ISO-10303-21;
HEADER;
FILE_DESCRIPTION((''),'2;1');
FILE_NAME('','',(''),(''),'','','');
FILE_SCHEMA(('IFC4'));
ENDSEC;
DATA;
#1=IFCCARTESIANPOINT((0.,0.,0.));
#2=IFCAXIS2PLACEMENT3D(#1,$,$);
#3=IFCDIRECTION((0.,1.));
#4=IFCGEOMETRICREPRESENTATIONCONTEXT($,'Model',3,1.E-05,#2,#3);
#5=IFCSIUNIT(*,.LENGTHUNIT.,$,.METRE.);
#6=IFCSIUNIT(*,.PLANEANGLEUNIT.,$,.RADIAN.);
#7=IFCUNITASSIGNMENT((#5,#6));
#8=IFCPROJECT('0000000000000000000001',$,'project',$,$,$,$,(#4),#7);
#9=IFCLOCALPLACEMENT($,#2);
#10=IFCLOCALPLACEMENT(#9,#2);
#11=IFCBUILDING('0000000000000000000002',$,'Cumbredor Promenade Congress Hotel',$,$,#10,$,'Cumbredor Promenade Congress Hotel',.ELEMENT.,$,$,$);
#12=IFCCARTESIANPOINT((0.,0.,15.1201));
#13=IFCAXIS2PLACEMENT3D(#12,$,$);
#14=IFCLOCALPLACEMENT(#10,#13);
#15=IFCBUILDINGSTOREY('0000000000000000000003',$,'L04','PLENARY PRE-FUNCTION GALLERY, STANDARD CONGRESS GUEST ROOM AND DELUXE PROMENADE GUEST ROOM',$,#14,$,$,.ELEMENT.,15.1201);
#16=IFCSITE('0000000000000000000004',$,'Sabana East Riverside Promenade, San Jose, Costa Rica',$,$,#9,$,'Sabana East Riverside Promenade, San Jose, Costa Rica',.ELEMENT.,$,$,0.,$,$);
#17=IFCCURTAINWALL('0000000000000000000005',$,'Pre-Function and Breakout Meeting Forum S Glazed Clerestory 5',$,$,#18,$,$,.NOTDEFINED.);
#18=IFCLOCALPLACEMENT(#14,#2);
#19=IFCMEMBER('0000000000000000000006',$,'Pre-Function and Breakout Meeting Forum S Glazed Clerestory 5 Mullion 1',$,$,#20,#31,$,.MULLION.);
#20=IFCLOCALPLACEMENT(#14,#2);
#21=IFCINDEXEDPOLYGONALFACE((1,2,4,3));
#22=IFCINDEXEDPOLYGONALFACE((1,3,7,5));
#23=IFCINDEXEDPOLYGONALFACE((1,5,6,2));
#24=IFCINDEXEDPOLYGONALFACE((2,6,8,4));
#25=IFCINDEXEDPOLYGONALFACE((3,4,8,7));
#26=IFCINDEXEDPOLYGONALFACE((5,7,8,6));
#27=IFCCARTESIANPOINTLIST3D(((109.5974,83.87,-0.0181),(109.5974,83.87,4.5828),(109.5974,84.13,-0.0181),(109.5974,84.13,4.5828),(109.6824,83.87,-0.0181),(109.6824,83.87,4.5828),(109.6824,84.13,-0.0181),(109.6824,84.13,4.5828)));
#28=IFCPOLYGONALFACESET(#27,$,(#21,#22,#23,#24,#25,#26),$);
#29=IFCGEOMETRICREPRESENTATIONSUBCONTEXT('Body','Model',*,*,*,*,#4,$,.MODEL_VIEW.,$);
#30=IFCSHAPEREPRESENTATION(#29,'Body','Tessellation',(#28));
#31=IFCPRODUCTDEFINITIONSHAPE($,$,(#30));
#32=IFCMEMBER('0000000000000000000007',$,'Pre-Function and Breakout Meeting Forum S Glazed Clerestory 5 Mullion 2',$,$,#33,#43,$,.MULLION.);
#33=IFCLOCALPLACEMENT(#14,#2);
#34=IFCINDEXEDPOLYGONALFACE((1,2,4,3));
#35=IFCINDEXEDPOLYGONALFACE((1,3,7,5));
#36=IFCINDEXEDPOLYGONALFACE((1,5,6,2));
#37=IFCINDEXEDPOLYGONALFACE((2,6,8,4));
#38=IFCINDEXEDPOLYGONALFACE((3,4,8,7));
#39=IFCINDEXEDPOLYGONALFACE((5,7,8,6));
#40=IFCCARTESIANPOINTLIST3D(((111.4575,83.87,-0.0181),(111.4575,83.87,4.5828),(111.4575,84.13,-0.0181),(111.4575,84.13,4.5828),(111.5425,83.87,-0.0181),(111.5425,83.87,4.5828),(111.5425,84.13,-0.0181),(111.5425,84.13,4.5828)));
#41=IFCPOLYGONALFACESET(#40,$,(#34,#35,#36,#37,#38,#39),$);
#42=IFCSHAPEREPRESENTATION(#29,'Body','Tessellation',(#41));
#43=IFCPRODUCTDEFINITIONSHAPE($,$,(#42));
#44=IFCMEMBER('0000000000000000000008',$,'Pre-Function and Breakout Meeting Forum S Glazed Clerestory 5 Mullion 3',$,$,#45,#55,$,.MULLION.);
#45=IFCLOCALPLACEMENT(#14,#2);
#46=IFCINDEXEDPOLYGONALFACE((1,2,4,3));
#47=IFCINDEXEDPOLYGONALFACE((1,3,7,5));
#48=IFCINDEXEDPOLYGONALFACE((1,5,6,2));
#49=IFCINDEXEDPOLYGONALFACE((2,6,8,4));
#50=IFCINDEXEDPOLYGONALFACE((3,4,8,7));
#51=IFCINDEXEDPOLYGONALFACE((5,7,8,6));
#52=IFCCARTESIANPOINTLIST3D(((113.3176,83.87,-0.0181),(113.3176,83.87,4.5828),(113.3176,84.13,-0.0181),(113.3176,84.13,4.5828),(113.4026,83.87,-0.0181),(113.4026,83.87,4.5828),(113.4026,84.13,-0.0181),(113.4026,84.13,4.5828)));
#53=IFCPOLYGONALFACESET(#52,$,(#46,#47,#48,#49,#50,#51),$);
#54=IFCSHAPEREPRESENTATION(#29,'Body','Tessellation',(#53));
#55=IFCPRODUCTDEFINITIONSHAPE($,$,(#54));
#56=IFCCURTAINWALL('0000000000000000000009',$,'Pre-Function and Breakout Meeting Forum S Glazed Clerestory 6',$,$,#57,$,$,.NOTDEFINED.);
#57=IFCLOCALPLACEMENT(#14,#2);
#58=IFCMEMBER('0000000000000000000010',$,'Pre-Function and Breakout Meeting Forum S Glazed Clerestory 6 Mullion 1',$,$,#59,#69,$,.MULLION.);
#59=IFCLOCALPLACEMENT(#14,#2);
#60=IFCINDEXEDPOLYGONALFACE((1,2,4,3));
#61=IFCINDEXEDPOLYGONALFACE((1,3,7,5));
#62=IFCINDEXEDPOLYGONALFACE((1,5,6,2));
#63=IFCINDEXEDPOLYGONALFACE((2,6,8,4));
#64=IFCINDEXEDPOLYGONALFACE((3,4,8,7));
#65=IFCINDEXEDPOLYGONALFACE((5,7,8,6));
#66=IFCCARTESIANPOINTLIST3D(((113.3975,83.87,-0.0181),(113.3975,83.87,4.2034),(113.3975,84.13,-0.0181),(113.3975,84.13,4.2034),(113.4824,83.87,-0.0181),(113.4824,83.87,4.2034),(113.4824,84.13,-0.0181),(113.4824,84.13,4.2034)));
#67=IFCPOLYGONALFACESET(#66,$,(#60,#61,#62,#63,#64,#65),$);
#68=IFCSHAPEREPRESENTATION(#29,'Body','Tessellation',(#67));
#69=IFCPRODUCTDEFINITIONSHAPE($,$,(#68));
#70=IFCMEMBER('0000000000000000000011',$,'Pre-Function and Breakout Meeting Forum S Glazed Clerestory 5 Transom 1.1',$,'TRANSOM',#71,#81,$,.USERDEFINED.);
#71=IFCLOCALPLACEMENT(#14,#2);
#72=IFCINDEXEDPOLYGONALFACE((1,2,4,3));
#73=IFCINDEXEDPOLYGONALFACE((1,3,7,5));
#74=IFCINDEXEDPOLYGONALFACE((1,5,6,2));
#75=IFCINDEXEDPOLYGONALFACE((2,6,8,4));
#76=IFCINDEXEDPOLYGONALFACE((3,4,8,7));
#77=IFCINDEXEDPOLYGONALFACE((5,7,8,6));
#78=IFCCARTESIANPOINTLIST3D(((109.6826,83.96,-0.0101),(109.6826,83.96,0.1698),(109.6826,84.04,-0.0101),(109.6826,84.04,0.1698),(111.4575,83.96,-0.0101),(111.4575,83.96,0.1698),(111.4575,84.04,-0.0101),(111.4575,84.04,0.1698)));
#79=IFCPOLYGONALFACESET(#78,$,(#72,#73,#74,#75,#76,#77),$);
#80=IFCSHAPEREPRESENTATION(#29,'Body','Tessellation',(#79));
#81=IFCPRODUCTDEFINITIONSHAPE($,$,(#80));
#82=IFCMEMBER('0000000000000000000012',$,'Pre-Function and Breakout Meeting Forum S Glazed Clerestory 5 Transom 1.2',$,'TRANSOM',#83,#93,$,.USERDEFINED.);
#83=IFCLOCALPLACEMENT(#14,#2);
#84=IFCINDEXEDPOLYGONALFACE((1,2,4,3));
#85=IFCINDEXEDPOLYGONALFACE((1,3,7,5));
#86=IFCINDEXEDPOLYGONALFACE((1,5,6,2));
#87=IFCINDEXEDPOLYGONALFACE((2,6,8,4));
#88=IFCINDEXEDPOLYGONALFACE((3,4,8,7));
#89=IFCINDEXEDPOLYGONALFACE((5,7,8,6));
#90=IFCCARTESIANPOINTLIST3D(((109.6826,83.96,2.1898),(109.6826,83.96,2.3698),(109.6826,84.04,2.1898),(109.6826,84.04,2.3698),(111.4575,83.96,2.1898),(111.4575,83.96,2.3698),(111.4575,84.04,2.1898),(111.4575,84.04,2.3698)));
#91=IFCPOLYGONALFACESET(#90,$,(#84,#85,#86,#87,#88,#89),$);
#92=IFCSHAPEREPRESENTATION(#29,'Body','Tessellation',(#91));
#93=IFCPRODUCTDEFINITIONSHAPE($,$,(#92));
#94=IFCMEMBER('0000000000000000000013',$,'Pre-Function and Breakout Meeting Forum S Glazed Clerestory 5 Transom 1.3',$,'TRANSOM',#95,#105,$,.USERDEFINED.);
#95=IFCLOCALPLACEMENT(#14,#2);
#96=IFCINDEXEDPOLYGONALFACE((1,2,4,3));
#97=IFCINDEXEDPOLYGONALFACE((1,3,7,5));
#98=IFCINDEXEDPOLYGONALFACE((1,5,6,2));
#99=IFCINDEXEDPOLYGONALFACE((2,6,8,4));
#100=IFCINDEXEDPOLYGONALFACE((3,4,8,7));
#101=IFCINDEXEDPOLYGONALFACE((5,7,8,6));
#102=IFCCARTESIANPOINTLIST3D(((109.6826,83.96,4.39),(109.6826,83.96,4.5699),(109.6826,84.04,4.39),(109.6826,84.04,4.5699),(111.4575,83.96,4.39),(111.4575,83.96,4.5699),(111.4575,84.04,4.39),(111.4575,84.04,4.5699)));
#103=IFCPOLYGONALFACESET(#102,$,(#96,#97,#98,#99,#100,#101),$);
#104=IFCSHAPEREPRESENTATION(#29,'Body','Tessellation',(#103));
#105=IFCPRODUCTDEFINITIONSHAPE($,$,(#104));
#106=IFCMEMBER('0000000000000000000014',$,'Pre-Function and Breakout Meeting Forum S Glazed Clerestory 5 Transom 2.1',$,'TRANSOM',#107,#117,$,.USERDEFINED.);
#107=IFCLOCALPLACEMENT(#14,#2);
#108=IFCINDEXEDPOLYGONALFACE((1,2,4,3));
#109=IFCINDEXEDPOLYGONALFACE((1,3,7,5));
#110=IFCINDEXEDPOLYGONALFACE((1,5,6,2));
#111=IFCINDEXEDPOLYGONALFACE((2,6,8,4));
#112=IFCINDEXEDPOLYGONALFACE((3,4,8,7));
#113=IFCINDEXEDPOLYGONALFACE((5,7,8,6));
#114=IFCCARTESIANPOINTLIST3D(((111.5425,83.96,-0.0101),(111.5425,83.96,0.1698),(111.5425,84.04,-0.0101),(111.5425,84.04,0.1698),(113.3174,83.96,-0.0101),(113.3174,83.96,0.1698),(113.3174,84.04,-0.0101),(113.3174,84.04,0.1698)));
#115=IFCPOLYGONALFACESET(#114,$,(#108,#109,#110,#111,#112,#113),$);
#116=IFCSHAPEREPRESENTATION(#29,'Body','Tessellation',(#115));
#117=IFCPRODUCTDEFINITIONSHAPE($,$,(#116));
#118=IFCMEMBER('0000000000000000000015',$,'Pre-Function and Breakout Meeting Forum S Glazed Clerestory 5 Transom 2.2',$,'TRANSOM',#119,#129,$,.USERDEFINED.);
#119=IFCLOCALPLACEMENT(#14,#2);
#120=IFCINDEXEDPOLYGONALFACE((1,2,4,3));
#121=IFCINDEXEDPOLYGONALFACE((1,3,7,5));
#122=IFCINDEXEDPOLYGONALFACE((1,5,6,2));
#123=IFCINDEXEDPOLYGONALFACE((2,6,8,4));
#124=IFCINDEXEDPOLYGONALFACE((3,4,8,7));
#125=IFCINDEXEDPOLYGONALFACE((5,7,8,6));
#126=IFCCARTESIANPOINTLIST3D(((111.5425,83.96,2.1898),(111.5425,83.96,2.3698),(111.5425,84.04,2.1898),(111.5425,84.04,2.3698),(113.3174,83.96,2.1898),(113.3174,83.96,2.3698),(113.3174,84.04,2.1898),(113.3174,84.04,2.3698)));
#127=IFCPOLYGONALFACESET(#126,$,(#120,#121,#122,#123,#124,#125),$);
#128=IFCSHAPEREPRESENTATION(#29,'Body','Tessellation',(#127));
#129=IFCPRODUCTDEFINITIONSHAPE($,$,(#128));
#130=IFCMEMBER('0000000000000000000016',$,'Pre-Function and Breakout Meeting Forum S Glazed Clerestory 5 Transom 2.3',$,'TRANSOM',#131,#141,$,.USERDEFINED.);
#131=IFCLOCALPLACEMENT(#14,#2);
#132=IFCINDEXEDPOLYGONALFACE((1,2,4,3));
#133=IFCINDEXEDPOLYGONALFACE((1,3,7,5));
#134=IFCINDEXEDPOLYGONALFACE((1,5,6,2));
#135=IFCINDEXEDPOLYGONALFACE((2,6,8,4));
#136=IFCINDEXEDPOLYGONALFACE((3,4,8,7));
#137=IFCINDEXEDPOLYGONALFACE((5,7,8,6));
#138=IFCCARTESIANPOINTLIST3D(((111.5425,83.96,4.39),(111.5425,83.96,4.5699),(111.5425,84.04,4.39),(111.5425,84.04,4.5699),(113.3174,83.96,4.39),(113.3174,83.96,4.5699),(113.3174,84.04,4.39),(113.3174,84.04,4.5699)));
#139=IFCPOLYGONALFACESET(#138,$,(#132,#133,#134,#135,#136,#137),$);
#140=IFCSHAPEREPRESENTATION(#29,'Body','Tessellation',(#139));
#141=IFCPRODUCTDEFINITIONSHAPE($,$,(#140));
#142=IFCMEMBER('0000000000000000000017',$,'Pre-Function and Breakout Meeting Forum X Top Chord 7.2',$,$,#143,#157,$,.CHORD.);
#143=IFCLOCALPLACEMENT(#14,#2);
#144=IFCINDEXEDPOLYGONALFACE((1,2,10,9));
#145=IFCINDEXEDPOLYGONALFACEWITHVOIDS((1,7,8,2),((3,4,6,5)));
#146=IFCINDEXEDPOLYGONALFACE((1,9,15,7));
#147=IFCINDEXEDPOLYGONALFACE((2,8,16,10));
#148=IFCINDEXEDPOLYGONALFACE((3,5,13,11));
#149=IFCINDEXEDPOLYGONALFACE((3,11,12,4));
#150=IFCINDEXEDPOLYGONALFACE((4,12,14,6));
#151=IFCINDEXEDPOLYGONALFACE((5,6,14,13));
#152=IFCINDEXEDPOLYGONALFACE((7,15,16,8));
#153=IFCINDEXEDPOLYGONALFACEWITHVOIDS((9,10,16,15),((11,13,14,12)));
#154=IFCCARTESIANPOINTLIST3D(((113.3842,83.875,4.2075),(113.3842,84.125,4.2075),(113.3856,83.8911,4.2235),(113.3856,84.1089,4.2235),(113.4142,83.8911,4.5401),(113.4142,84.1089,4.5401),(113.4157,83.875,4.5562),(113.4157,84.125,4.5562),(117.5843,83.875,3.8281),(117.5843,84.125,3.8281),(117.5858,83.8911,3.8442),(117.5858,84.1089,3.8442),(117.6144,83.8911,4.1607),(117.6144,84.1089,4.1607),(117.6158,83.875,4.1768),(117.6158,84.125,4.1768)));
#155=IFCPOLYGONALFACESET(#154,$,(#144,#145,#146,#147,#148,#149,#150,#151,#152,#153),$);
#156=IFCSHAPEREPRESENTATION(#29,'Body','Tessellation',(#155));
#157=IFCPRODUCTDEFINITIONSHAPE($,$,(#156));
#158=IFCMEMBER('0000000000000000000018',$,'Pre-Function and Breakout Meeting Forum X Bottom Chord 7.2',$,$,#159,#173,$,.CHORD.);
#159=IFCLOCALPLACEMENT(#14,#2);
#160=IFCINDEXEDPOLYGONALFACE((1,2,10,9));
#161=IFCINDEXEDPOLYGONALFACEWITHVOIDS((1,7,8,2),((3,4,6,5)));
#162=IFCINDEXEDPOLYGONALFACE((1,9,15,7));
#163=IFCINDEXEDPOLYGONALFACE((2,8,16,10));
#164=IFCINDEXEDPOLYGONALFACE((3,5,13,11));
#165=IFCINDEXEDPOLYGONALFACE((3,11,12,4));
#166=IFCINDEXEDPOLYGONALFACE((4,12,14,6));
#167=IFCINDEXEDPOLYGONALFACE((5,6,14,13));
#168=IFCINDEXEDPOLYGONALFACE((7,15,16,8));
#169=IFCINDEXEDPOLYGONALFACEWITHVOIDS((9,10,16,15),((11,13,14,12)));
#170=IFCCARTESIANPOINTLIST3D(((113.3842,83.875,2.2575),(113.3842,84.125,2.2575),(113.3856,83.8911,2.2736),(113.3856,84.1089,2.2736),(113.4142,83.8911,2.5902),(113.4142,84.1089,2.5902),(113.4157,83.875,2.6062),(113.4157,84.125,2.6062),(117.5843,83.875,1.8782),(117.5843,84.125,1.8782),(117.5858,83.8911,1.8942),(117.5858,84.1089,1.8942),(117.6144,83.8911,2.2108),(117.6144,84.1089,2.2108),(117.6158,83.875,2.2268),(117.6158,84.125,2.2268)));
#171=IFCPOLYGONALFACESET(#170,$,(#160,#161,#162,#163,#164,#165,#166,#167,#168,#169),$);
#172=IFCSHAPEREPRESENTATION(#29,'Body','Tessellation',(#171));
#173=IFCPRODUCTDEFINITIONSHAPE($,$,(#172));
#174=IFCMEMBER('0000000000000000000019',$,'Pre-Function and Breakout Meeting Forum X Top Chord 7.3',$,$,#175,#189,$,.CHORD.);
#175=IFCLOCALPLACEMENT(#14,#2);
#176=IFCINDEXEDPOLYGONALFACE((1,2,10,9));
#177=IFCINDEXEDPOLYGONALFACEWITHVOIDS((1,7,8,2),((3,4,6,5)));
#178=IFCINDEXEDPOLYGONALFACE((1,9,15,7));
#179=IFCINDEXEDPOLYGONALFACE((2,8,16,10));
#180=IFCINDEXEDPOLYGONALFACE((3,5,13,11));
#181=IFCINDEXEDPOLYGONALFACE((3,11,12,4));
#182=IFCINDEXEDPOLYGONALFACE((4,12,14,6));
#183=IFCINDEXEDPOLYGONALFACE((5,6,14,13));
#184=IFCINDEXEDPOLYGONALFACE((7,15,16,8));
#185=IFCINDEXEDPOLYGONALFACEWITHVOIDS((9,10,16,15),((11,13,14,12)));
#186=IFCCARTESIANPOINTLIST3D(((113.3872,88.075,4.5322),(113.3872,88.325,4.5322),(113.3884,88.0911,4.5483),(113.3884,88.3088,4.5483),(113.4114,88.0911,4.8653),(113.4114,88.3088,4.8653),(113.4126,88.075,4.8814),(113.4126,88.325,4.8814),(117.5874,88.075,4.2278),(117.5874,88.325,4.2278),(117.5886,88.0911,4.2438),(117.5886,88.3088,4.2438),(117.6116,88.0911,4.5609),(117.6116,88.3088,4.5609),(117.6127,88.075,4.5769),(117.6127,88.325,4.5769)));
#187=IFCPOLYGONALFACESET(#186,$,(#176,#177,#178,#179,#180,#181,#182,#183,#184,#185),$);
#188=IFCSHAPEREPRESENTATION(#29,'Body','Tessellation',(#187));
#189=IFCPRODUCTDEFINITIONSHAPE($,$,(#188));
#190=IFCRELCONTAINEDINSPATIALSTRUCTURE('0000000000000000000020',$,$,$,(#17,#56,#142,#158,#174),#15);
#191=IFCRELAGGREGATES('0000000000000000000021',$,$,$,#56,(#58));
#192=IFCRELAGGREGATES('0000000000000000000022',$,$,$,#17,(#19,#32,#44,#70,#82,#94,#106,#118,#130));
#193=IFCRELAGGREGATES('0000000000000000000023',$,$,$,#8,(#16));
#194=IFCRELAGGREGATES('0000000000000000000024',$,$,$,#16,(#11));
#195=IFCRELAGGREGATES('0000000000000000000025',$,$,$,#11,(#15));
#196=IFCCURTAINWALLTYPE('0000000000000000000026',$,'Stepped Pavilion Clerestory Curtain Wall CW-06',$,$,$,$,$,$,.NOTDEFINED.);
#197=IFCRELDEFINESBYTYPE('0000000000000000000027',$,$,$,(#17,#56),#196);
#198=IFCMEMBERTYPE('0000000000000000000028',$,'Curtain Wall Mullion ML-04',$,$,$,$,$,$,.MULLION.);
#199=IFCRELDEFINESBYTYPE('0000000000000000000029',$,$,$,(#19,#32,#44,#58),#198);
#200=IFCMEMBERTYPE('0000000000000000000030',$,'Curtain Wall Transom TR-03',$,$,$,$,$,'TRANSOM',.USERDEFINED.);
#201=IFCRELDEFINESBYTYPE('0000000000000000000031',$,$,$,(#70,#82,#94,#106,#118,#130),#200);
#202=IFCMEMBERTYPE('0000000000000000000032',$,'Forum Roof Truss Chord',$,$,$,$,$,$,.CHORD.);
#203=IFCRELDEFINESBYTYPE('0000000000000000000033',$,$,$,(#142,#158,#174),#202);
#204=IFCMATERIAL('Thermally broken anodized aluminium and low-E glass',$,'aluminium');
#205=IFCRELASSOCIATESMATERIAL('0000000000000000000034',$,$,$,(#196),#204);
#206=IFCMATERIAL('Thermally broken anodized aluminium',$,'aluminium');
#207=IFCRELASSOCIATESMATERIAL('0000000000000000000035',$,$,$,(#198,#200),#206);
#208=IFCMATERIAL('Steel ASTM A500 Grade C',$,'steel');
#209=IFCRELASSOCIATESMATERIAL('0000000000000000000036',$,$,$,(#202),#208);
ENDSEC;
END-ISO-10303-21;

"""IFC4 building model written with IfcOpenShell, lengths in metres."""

from ifc_helpers import new_model, si_unit, direction, frame, origin, origin_2d, place, context, subcontext, project, spatial, rectangle, hollow_rectangle, extrude, material, material_profile, profile_set, type_object, element, aggregate, save


model = new_model("IFC4")

# Units and contexts
model_context = context("Model", 3, precision=1e-05, world=origin(), true_north=direction((0.0, 1.0)))
body_context = subcontext(model_context, "Body", "Model", "MODEL_VIEW")
ifc_project = project(units=[si_unit("LENGTHUNIT", "METRE"), si_unit("PLANEANGLEUNIT", "RADIAN")], contexts=[model_context])

# Site, building, storey
site_placement = place(None, origin())
site = spatial("IfcSite", under=ifc_project, at=site_placement, Name="Sabana East Riverside Promenade, San Jose, Costa Rica", LongName="Sabana East Riverside Promenade, San Jose, Costa Rica", CompositionType="ELEMENT", RefElevation=0.0)
building_placement = place(site_placement, origin())
building = spatial("IfcBuilding", under=site, at=building_placement, Name="Cumbredor Promenade Congress Hotel", LongName="Cumbredor Promenade Congress Hotel", CompositionType="ELEMENT")
storey_placement = place(building_placement, frame((0.0, 0.0, 15.1201)))
storey = spatial("IfcBuildingStorey", under=building, at=storey_placement, Name="L04", Description="PLENARY PRE-FUNCTION GALLERY, STANDARD CONGRESS GUEST ROOM AND DELUXE PROMENADE GUEST ROOM", CompositionType="ELEMENT", Elevation=15.1201)

# Curtain wall, members
ifc_material_1 = material(Name="Thermally broken anodized aluminium and low-E glass", Category="aluminium")
curtain_wall_type = type_object("IfcCurtainWallType", Name="Stepped Pavilion Clerestory Curtain Wall CW-06", PredefinedType="NOTDEFINED", material=ifc_material_1)
curtain_wall_1_placement = place(storey_placement, origin())
curtain_wall_1 = element("IfcCurtainWall", 1, at=curtain_wall_1_placement, inside=storey, type_object=curtain_wall_type, Name="Pre-Function and Breakout Meeting Forum S Glazed Clerestory 5", PredefinedType="NOTDEFINED")
ifc_material_2 = material(Name="Thermally broken anodized aluminium", Category="aluminium")
ifc_material_profile_1 = material_profile(ifc_material_2, rectangle(XDim=0.085, YDim=0.26, at=origin_2d()), Name="ALU MULLION CLERESTORY 85x260")
ifc_profile_set_1 = profile_set([ifc_material_profile_1], Name="Thermally broken anodized aluminium")
member_type_1 = type_object("IfcMemberType", Name="Curtain Wall Mullion ML-04", PredefinedType="MULLION", material=ifc_profile_set_1)
member_1_placement = place(storey_placement, frame((109.6399, 84.0, -0.0181), z_axis=(0.0, 0.0, 1.0), x_axis=(1.0, 0.0, 0.0)))
member_1 = element("IfcMember", 2, at=member_1_placement, type_object=member_type_1, Name="Pre-Function and Breakout Meeting Forum S Glazed Clerestory 5 Mullion 1", PredefinedType="MULLION", context=body_context, shape_type="SweptSolid", body=[
    extrude(rectangle(XDim=0.085, YDim=0.26, at=origin_2d()), origin(), (0.0, 0.0, 1.0), 4.6008),
])
member_2_placement = place(storey_placement, frame((111.5, 84.0, -0.0181), z_axis=(0.0, 0.0, 1.0), x_axis=(1.0, 0.0, 0.0)))
member_2 = element("IfcMember", 3, at=member_2_placement, type_object=member_type_1, Name="Pre-Function and Breakout Meeting Forum S Glazed Clerestory 5 Mullion 2", PredefinedType="MULLION", context=body_context, shape_type="SweptSolid", body=[
    extrude(rectangle(XDim=0.085, YDim=0.26, at=origin_2d()), origin(), (0.0, 0.0, 1.0), 4.6008),
])
member_3_placement = place(storey_placement, frame((113.3601, 84.0, -0.0181), z_axis=(0.0, 0.0, 1.0), x_axis=(1.0, 0.0, 0.0)))
member_3 = element("IfcMember", 4, at=member_3_placement, type_object=member_type_1, Name="Pre-Function and Breakout Meeting Forum S Glazed Clerestory 5 Mullion 3", PredefinedType="MULLION", context=body_context, shape_type="SweptSolid", body=[
    extrude(rectangle(XDim=0.085, YDim=0.26, at=origin_2d()), origin(), (0.0, 0.0, 1.0), 4.6008),
])

# Curtain wall, member
curtain_wall_2_placement = place(storey_placement, origin())
curtain_wall_2 = element("IfcCurtainWall", 5, at=curtain_wall_2_placement, inside=storey, type_object=curtain_wall_type, Name="Pre-Function and Breakout Meeting Forum S Glazed Clerestory 6", PredefinedType="NOTDEFINED")
member_4_placement = place(storey_placement, frame((113.4399, 84.0, -0.0181), z_axis=(0.0, 0.0, 1.0), x_axis=(1.0, 0.0, 0.0)))
member_4 = element("IfcMember", 6, at=member_4_placement, type_object=member_type_1, Name="Pre-Function and Breakout Meeting Forum S Glazed Clerestory 6 Mullion 1", PredefinedType="MULLION", context=body_context, shape_type="SweptSolid", body=[
    extrude(rectangle(XDim=0.085, YDim=0.26, at=origin_2d()), origin(), (0.0, 0.0, 1.0), 4.2214),
])
aggregate(curtain_wall_2, [member_4])

# Members
ifc_material_profile_2 = material_profile(ifc_material_2, rectangle(XDim=0.0801, YDim=0.1799, at=origin_2d()), Name="ALU TRANSOM 80x180")
ifc_profile_set_2 = profile_set([ifc_material_profile_2], Name="Thermally broken anodized aluminium")
member_type_2 = type_object("IfcMemberType", Name="Curtain Wall Transom TR-03", ElementType="TRANSOM", PredefinedType="USERDEFINED", material=ifc_profile_set_2)
member_5_placement = place(storey_placement, frame((109.6826, 84.0, 0.0798), z_axis=(1.0, 0.0, 0.0), x_axis=(0.0, 1.0, 0.0)))
member_5 = element("IfcMember", 7, at=member_5_placement, type_object=member_type_2, Name="Pre-Function and Breakout Meeting Forum S Glazed Clerestory 5 Transom 1.1", ObjectType="TRANSOM", PredefinedType="USERDEFINED", context=body_context, shape_type="SweptSolid", body=[
    extrude(rectangle(XDim=0.0801, YDim=0.1799, at=origin_2d()), origin(), (0.0, 0.0, 1.0), 1.7749),
])
member_6_placement = place(storey_placement, frame((109.6826, 84.0, 2.2798), z_axis=(1.0, 0.0, 0.0), x_axis=(0.0, 1.0, 0.0)))
member_6 = element("IfcMember", 8, at=member_6_placement, type_object=member_type_2, Name="Pre-Function and Breakout Meeting Forum S Glazed Clerestory 5 Transom 1.2", ObjectType="TRANSOM", PredefinedType="USERDEFINED", context=body_context, shape_type="SweptSolid", body=[
    extrude(rectangle(XDim=0.0801, YDim=0.1799, at=origin_2d()), origin(), (0.0, 0.0, 1.0), 1.7749),
])
member_7_placement = place(storey_placement, frame((109.6826, 84.0, 4.48), z_axis=(1.0, 0.0, 0.0), x_axis=(0.0, 1.0, 0.0)))
member_7 = element("IfcMember", 9, at=member_7_placement, type_object=member_type_2, Name="Pre-Function and Breakout Meeting Forum S Glazed Clerestory 5 Transom 1.3", ObjectType="TRANSOM", PredefinedType="USERDEFINED", context=body_context, shape_type="SweptSolid", body=[
    extrude(rectangle(XDim=0.0801, YDim=0.1799, at=origin_2d()), origin(), (0.0, 0.0, 1.0), 1.7749),
])
member_8_placement = place(storey_placement, frame((111.5425, 84.0, 0.0798), z_axis=(1.0, 0.0, 0.0), x_axis=(0.0, 1.0, 0.0)))
member_8 = element("IfcMember", 10, at=member_8_placement, type_object=member_type_2, Name="Pre-Function and Breakout Meeting Forum S Glazed Clerestory 5 Transom 2.1", ObjectType="TRANSOM", PredefinedType="USERDEFINED", context=body_context, shape_type="SweptSolid", body=[
    extrude(rectangle(XDim=0.0801, YDim=0.1799, at=origin_2d()), origin(), (0.0, 0.0, 1.0), 1.7749),
])
member_9_placement = place(storey_placement, frame((111.5425, 84.0, 2.2798), z_axis=(1.0, 0.0, 0.0), x_axis=(0.0, 1.0, 0.0)))
member_9 = element("IfcMember", 11, at=member_9_placement, type_object=member_type_2, Name="Pre-Function and Breakout Meeting Forum S Glazed Clerestory 5 Transom 2.2", ObjectType="TRANSOM", PredefinedType="USERDEFINED", context=body_context, shape_type="SweptSolid", body=[
    extrude(rectangle(XDim=0.0801, YDim=0.1799, at=origin_2d()), origin(), (0.0, 0.0, 1.0), 1.7749),
])
member_10_placement = place(storey_placement, frame((111.5425, 84.0, 4.48), z_axis=(1.0, 0.0, 0.0), x_axis=(0.0, 1.0, 0.0)))
member_10 = element("IfcMember", 12, at=member_10_placement, type_object=member_type_2, Name="Pre-Function and Breakout Meeting Forum S Glazed Clerestory 5 Transom 2.3", ObjectType="TRANSOM", PredefinedType="USERDEFINED", context=body_context, shape_type="SweptSolid", body=[
    extrude(rectangle(XDim=0.0801, YDim=0.1799, at=origin_2d()), origin(), (0.0, 0.0, 1.0), 1.7749),
])

# Members
ifc_material_3 = material(Name="Steel ASTM A500 Grade C", Category="steel")
ifc_material_profile_3 = material_profile(ifc_material_3, hollow_rectangle(XDim=0.25, YDim=0.3501, WallThickness=0.0161, at=origin_2d()), Name="HSS 350x250x16")
ifc_profile_set_3 = profile_set([ifc_material_profile_3], Name="Steel ASTM A500 Grade C")
member_type_3 = type_object("IfcMemberType", Name="Forum Roof Truss Chord", PredefinedType="CHORD", material=ifc_profile_set_3)
for number, where, z_axis, x_axis, name in (
    (13, (113.3999, 84.0, 4.3818), (0.995945, 0.0, -0.089962), (0.0, 1.0, 0.0), "Pre-Function and Breakout Meeting Forum X Top Chord 7.2"),
    (14, (113.3999, 84.0, 2.4319), (0.995945, 0.0, -0.089962), (0.0, 1.0, 0.0), "Pre-Function and Breakout Meeting Forum X Bottom Chord 7.2"),
):
    element("IfcMember", number, at=place(storey_placement, frame(where, z_axis=z_axis, x_axis=x_axis)), inside=storey, type_object=member_type_3, Name=name, PredefinedType="CHORD", context=body_context, shape_type="SweptSolid", body=[
        extrude(hollow_rectangle(XDim=0.25, YDim=0.3501, WallThickness=0.0161, at=origin_2d()), origin(), (0.0, 0.0, 1.0), 4.2173),
    ])
for number, where, z_axis, x_axis, name in (
    (15, (113.3999, 88.2, 4.7068), (0.997383, 0.0, -0.072293), (0.0, 1.0, 0.0), "Pre-Function and Breakout Meeting Forum X Top Chord 7.3"),
):
    element("IfcMember", number, at=place(storey_placement, frame(where, z_axis=z_axis, x_axis=x_axis)), inside=storey, type_object=member_type_3, Name=name, PredefinedType="CHORD", context=body_context, shape_type="SweptSolid", body=[
        extrude(hollow_rectangle(XDim=0.25, YDim=0.3501, WallThickness=0.0161, at=origin_2d()), origin(), (0.0, 0.0, 1.0), 4.2112),
    ])

aggregate(curtain_wall_1, [member_1, member_2, member_3, member_5, member_6, member_7, member_8, member_9, member_10])

save(model, "model.ifc")
